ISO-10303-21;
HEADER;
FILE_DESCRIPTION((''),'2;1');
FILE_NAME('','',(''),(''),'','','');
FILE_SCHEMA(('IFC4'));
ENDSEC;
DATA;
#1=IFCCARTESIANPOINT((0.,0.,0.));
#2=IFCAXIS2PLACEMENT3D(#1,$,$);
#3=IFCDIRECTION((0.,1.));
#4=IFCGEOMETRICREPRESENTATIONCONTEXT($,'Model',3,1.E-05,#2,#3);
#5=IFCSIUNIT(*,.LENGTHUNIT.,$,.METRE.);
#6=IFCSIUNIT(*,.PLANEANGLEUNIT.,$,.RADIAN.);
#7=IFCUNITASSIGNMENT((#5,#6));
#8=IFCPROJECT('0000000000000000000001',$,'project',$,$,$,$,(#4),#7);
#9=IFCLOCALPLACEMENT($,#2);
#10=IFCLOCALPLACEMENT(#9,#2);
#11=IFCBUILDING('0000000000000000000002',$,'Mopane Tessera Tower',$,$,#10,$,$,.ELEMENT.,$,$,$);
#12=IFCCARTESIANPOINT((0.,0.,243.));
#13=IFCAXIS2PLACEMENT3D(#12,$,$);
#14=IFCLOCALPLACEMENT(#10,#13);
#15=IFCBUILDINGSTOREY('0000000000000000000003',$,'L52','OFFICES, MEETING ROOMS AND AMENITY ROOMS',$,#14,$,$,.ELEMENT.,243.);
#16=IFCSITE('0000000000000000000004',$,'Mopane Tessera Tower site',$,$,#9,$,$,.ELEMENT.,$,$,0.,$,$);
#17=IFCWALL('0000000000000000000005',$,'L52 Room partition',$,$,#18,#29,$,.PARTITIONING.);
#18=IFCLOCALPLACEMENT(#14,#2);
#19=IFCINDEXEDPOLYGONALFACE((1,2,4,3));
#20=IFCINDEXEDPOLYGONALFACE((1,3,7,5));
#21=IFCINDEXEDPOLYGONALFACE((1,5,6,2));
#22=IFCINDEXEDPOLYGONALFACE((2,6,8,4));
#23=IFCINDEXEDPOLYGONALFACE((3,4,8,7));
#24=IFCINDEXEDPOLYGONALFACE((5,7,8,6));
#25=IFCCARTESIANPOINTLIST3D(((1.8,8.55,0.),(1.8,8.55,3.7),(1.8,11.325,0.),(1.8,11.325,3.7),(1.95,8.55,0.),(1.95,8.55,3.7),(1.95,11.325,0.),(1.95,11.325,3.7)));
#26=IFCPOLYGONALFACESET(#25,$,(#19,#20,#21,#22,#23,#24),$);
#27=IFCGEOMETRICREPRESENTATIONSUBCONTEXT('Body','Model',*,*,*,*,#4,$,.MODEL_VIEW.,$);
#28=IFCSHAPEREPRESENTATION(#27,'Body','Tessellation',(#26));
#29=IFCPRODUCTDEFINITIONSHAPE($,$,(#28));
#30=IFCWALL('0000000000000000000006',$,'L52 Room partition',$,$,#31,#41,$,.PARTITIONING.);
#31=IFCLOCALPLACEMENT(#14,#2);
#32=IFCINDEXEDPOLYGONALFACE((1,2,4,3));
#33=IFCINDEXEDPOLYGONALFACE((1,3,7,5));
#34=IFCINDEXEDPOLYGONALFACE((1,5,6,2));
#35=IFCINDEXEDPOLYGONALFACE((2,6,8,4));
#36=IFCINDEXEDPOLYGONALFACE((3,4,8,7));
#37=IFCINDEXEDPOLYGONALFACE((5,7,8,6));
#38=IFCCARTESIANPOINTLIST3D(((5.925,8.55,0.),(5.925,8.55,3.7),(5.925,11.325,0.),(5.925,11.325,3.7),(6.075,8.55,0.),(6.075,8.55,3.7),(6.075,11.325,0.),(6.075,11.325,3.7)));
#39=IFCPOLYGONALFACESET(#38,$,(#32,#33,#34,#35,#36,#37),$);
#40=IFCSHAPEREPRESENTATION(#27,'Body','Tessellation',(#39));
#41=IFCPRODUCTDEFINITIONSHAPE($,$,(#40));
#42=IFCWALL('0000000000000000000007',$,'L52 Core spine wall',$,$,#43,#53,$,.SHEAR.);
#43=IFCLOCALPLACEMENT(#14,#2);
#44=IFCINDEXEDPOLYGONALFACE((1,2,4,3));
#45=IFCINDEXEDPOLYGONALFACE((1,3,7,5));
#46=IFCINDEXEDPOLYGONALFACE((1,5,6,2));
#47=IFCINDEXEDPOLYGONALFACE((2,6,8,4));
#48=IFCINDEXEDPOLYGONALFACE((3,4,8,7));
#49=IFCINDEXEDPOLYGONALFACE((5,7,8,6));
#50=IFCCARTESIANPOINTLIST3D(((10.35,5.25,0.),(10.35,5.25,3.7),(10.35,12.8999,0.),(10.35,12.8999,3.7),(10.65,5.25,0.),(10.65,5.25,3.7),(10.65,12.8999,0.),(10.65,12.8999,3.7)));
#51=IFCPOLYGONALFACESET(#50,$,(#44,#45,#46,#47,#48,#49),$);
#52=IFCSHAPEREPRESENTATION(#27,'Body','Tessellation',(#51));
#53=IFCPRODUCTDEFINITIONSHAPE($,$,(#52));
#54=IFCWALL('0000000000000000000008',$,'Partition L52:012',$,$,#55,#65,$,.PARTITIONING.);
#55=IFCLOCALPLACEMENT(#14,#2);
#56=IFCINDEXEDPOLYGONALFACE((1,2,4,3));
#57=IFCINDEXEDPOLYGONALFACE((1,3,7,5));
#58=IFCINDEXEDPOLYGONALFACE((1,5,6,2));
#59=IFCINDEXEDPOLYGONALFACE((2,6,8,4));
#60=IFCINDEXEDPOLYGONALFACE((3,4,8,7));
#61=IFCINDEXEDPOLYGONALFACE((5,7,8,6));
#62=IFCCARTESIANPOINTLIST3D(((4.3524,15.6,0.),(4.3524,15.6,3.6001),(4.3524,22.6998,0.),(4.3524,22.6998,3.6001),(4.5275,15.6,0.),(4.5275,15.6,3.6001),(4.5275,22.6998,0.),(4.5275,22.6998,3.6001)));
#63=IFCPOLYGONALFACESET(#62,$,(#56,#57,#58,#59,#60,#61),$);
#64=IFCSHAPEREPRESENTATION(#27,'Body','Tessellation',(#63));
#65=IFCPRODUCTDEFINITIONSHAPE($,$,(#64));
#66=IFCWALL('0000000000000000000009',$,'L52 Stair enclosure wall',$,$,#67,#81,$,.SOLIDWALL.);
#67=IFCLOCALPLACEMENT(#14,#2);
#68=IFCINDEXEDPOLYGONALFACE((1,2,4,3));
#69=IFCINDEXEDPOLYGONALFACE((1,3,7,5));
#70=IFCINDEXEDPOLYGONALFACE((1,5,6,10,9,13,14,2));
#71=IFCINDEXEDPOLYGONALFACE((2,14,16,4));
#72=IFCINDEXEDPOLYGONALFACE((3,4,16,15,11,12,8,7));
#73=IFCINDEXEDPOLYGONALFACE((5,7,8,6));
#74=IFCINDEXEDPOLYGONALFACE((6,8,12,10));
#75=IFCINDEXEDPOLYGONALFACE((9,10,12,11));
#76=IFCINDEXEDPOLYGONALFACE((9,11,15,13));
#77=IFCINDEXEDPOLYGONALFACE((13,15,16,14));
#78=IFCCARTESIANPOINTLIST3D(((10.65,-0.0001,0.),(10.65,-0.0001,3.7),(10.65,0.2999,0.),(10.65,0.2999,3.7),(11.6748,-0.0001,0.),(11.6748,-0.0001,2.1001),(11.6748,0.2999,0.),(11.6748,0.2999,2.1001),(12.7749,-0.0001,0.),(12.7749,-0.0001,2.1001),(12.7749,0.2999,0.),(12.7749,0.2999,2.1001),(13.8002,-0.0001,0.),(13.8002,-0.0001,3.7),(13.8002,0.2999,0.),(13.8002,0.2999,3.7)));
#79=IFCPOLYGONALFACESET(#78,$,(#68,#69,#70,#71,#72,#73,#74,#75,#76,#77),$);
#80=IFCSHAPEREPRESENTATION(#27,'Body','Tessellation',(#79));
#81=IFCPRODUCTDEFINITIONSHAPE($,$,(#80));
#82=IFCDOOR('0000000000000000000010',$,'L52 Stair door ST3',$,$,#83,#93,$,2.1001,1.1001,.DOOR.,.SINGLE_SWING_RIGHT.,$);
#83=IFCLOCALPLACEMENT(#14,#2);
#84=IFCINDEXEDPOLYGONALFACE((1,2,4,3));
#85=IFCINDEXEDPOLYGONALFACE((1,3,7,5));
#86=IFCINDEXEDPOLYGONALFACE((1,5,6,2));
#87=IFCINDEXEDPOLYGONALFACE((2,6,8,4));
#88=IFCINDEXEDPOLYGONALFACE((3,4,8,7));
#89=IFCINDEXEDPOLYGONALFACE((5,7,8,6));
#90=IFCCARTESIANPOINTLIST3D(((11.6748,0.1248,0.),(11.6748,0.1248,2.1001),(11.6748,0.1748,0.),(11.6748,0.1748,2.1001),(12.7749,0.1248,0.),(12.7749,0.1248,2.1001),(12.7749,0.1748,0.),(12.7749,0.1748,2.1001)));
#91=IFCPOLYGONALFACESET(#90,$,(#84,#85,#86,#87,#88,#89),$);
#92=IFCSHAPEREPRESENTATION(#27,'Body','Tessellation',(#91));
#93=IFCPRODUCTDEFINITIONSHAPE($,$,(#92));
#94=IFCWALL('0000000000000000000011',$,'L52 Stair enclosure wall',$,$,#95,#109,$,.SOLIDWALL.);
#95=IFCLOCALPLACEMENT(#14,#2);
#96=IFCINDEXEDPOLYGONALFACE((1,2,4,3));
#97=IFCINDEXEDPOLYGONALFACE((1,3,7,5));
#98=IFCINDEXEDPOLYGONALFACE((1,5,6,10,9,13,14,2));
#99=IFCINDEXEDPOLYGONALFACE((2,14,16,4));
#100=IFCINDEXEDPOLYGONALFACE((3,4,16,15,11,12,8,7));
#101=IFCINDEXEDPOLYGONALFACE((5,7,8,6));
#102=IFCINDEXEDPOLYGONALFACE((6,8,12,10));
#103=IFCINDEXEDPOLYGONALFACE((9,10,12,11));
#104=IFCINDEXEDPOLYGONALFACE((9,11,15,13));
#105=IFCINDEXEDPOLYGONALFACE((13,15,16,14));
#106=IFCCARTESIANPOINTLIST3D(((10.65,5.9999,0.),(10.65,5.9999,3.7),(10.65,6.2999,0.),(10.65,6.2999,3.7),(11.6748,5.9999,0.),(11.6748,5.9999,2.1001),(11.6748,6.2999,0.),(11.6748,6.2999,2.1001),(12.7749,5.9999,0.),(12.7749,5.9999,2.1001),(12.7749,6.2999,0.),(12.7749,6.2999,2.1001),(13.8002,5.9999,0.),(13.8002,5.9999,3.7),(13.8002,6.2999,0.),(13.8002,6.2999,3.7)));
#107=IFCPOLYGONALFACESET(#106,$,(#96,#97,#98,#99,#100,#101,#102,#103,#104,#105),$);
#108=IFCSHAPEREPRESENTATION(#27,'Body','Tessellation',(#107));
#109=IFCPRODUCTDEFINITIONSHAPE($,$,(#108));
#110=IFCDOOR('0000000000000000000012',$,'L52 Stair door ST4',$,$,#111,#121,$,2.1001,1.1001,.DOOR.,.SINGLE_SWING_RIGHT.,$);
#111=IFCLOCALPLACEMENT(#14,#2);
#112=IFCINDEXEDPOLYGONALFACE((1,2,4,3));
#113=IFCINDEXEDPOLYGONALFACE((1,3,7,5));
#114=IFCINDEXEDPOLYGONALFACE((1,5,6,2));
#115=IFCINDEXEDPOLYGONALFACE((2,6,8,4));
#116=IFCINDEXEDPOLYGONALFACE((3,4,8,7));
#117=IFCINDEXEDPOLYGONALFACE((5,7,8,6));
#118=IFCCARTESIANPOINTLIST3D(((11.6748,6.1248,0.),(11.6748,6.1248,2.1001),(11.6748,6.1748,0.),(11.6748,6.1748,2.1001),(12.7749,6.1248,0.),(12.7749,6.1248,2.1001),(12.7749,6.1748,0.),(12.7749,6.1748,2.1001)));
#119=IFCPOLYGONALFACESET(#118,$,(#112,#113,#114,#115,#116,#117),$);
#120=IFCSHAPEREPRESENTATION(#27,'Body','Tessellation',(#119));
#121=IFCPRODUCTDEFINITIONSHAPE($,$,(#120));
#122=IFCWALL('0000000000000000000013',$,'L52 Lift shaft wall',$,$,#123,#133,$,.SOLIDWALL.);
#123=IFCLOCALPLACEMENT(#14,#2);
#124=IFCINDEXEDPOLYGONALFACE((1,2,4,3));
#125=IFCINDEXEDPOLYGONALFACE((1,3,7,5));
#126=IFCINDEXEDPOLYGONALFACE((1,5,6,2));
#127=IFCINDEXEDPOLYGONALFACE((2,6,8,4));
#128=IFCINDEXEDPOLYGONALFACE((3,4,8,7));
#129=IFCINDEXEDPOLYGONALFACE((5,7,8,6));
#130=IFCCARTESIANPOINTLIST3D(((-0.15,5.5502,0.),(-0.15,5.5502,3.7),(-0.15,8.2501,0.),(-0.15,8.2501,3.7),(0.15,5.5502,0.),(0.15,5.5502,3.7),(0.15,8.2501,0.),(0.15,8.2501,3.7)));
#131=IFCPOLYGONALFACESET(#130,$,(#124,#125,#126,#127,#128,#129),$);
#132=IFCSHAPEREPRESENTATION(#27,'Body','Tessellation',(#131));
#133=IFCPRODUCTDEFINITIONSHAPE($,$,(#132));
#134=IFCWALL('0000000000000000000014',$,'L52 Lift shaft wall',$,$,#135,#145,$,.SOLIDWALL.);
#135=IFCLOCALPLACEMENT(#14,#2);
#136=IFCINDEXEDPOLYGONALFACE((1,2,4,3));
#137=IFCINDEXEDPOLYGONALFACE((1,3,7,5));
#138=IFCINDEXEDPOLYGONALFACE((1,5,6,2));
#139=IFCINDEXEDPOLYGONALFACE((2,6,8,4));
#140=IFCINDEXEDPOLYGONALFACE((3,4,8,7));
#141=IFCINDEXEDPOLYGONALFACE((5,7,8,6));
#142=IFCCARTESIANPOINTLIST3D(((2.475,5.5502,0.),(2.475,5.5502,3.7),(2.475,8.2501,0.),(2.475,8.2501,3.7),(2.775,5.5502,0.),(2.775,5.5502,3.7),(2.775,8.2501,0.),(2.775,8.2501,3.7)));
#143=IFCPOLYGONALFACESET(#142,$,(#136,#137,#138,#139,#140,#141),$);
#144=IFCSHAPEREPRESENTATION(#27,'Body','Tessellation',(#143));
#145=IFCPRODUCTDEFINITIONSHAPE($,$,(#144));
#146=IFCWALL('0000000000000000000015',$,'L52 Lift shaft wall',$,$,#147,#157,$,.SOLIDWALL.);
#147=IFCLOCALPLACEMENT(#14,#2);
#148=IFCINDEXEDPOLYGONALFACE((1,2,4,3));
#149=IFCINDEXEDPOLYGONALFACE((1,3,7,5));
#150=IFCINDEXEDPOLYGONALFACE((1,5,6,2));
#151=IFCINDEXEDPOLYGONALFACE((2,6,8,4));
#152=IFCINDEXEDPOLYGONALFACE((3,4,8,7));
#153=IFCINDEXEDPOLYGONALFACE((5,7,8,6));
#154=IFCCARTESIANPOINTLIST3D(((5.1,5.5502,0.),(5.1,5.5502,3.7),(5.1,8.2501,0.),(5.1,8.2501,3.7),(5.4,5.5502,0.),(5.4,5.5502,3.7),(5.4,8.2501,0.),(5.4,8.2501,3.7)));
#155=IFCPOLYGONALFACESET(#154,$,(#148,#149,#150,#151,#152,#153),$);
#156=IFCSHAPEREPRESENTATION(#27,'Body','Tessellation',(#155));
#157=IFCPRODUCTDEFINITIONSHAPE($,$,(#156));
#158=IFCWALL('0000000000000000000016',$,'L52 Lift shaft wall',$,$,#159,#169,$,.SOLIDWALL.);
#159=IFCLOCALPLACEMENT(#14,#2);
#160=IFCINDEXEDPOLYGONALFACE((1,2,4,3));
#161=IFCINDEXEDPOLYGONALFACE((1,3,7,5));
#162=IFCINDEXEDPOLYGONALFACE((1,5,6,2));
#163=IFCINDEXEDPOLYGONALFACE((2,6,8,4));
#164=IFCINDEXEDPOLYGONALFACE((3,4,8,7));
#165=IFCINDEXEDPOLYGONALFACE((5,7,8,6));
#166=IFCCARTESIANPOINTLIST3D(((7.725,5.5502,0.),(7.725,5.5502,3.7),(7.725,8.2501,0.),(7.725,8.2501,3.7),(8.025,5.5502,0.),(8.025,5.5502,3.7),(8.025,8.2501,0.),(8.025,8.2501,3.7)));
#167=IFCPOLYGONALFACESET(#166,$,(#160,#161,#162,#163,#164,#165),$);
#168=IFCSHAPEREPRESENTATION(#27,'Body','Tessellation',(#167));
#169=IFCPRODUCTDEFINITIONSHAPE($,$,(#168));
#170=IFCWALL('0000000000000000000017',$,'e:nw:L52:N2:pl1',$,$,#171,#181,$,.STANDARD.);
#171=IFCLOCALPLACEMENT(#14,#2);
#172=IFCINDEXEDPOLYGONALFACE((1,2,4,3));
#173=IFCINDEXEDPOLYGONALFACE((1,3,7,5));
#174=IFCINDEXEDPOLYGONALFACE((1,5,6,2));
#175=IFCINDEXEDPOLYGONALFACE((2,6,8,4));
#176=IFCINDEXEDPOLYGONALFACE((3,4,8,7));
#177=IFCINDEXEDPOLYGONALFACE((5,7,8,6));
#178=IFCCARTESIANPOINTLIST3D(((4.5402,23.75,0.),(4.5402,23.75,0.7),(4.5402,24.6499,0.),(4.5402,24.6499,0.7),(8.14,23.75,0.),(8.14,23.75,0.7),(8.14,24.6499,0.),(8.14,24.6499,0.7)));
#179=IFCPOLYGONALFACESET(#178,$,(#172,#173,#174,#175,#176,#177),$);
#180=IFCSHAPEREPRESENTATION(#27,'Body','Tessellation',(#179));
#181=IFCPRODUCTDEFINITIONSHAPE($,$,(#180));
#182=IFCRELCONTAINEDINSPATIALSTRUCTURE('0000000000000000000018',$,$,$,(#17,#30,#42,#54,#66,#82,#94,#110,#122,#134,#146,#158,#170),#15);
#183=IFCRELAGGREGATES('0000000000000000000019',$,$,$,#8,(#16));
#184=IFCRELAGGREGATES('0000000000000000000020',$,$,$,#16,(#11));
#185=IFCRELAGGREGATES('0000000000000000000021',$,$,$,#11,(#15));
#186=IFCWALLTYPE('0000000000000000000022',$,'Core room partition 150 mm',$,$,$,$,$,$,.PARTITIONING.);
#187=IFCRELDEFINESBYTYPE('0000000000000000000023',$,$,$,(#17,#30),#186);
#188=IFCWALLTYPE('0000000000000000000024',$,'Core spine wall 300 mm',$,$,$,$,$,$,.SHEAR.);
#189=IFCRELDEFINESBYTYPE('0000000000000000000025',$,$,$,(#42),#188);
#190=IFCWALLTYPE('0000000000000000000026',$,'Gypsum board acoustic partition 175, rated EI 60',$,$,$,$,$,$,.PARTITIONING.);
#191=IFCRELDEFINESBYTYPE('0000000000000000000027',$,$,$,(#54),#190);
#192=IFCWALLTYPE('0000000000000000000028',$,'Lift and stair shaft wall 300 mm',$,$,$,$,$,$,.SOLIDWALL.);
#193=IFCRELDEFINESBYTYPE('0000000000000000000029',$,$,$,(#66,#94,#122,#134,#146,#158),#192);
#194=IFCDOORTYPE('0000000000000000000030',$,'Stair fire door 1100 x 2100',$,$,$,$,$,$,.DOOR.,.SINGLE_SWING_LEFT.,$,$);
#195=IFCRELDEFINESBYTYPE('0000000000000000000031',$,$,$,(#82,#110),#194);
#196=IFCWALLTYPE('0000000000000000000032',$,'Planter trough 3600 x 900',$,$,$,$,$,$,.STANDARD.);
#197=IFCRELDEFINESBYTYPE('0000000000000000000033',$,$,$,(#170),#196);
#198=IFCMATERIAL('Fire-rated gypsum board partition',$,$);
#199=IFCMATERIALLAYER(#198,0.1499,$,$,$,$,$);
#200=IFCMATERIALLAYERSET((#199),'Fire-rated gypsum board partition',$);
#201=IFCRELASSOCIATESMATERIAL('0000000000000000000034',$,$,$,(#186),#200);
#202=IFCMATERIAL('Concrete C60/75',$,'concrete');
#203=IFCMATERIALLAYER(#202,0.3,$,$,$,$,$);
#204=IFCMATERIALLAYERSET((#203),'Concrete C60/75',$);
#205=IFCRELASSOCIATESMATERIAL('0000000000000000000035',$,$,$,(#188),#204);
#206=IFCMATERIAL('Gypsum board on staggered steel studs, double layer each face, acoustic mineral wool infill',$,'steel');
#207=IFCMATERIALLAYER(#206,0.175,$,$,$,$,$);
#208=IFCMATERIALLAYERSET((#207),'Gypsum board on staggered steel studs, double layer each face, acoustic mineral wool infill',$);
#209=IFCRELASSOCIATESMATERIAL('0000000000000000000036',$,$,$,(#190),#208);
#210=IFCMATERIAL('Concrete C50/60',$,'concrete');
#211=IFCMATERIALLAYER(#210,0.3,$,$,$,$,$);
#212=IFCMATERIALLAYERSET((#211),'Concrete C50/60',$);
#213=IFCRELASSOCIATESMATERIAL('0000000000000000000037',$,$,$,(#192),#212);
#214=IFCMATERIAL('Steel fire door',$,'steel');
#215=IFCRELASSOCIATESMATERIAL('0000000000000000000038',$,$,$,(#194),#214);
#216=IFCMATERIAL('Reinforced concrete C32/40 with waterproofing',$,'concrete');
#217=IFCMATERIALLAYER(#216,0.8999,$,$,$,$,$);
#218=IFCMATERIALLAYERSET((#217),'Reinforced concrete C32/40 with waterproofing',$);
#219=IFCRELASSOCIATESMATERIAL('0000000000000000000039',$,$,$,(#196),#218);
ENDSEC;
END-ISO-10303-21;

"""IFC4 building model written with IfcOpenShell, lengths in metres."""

from ifc_helpers import new_model, si_unit, direction, frame, frame_2d, origin, place, context, subcontext, project, spatial, rectangle, extrude, material, layer, layer_set, type_object, element, fill, save


model = new_model("IFC4")

# Units and contexts
model_context = context("Model", 3, precision=1e-05, world=origin(), true_north=direction((0.0, 1.0)))
body_context = subcontext(model_context, "Body", "Model", "MODEL_VIEW")
ifc_project = project(units=[si_unit("LENGTHUNIT", "METRE"), si_unit("PLANEANGLEUNIT", "RADIAN")], contexts=[model_context])

# Site, building, storey
site_placement = place(None, origin())
site = spatial("IfcSite", under=ifc_project, at=site_placement, Name="Mopane Tessera Tower site", CompositionType="ELEMENT", RefElevation=0.0)
building_placement = place(site_placement, origin())
building = spatial("IfcBuilding", under=site, at=building_placement, Name="Mopane Tessera Tower", CompositionType="ELEMENT")
storey_placement = place(building_placement, frame((0.0, 0.0, 243.0)))
storey = spatial("IfcBuildingStorey", under=building, at=storey_placement, Name="L52", Description="OFFICES, MEETING ROOMS AND AMENITY ROOMS", CompositionType="ELEMENT", Elevation=243.0)

# Walls
ifc_material_1 = material(Name="Fire-rated gypsum board partition")
ifc_layer_1 = layer(ifc_material_1, 0.1499)
ifc_layer_set_1 = layer_set([ifc_layer_1], Name="Fire-rated gypsum board partition")
wall_type_1 = type_object("IfcWallType", Name="Core room partition 150 mm", PredefinedType="PARTITIONING", material=ifc_layer_set_1)
for number, where, z_axis, x_axis, name in (
    (1, (1.875, 8.55, 0.0), (0.0, 0.0, 1.0), (0.0, 1.0, 0.0), "L52 Room partition"),
    (2, (6.0, 8.55, 0.0), (0.0, 0.0, 1.0), (0.0, 1.0, 0.0), "L52 Room partition"),
):
    element("IfcWall", number, at=place(storey_placement, frame(where, z_axis=z_axis, x_axis=x_axis)), inside=storey, type_object=wall_type_1, Name=name, PredefinedType="PARTITIONING", context=body_context, shape_type="SweptSolid", body=[
        extrude(rectangle(XDim=2.7749, YDim=0.1499, at=frame_2d((1.3875, 0.0))), origin(), (0.0, 0.0, 1.0), 3.7),
    ])
ifc_material_2 = material(Name="Concrete C60/75", Category="concrete")
ifc_layer_2 = layer(ifc_material_2, 0.3)
ifc_layer_set_2 = layer_set([ifc_layer_2], Name="Concrete C60/75")
wall_type_2 = type_object("IfcWallType", Name="Core spine wall 300 mm", PredefinedType="SHEAR", material=ifc_layer_set_2)
wall_1_placement = place(storey_placement, frame((10.5, 5.25, 0.0), z_axis=(0.0, 0.0, 1.0), x_axis=(0.0, 1.0, 0.0)))
element("IfcWall", 3, at=wall_1_placement, inside=storey, type_object=wall_type_2, Name="L52 Core spine wall", PredefinedType="SHEAR", context=body_context, shape_type="SweptSolid", body=[
    extrude(rectangle(XDim=7.6499, YDim=0.3, at=frame_2d((3.825, 0.0))), origin(), (0.0, 0.0, 1.0), 3.7),
])
ifc_material_3 = material(Name="Gypsum board on staggered steel studs, double layer each face, acoustic mineral wool infill", Category="steel")
ifc_layer_3 = layer(ifc_material_3, 0.175)
ifc_layer_set_3 = layer_set([ifc_layer_3], Name="Gypsum board on staggered steel studs, double layer each face, acoustic mineral wool infill")
wall_type_3 = type_object("IfcWallType", Name="Gypsum board acoustic partition 175, rated EI 60", PredefinedType="PARTITIONING", material=ifc_layer_set_3)
wall_2_placement = place(storey_placement, frame((4.4399, 15.6001, 0.0), z_axis=(0.0, 0.0, 1.0), x_axis=(0.0, 1.0, 0.0)))
element("IfcWall", 4, at=wall_2_placement, inside=storey, type_object=wall_type_3, Name="Partition L52:012", PredefinedType="PARTITIONING", context=body_context, shape_type="SweptSolid", body=[
    extrude(rectangle(XDim=7.0999, YDim=0.175, at=frame_2d((3.5498, 0.0))), origin(), (0.0, 0.0, 1.0), 3.6001),
])

# Walls, openings, doors
ifc_material_4 = material(Name="Concrete C50/60", Category="concrete")
ifc_layer_4 = layer(ifc_material_4, 0.3)
ifc_layer_set_4 = layer_set([ifc_layer_4], Name="Concrete C50/60")
wall_type_4 = type_object("IfcWallType", Name="Lift and stair shaft wall 300 mm", PredefinedType="SOLIDWALL", material=ifc_layer_set_4)
wall_3_placement = place(storey_placement, frame((10.6499, 0.1499, 0.0), z_axis=(0.0, 0.0, 1.0), x_axis=(1.0, 0.0, 0.0)))
wall_3 = element("IfcWall", 5, at=wall_3_placement, inside=storey, type_object=wall_type_4, Name="L52 Stair enclosure wall", PredefinedType="SOLIDWALL", context=body_context, shape_type="SweptSolid", body=[
    extrude(rectangle(XDim=3.1501, YDim=0.3, at=frame_2d((1.5752, 0.0))), origin(), (0.0, 0.0, 1.0), 3.7),
])
opening_1_placement = place(wall_3_placement, frame((1.0249, 0.0, 0.0)))
opening_1 = element("IfcOpeningElement", 6, at=opening_1_placement, cuts=wall_3, PredefinedType="OPENING", context=body_context, shape_type="SweptSolid", body=[
    extrude(rectangle(XDim=1.1001, YDim=2.1001, at=frame_2d((0.55, 1.05))), frame((0.0, 0.1621, 0.0), z_axis=(0.0, -1.0, 0.0), x_axis=(1.0, 0.0, 0.0)), (0.0, 0.0, 1.0), 0.324),
])
ifc_material_5 = material(Name="Steel fire door", Category="steel")
door_type = type_object("IfcDoorType", Name="Stair fire door 1100 x 2100", OperationType="SINGLE_SWING_LEFT", PredefinedType="DOOR", material=ifc_material_5)
door_1_placement = place(opening_1_placement, origin())
door_1 = element("IfcDoor", 7, at=door_1_placement, inside=storey, type_object=door_type, Name="L52 Stair door ST3", OperationType="SINGLE_SWING_RIGHT", OverallHeight=2.1001, OverallWidth=1.1001, PredefinedType="DOOR", context=body_context, shape_type="SweptSolid", body=[
    extrude(rectangle(XDim=1.1001, YDim=2.1001, at=frame_2d((0.55, 1.05))), frame((0.0, 0.0249, 0.0), z_axis=(0.0, -1.0, 0.0), x_axis=(1.0, 0.0, 0.0)), (0.0, 0.0, 1.0), 0.05),
])
fill(opening_1, door_1)
wall_4_placement = place(storey_placement, frame((10.6499, 6.1499, 0.0), z_axis=(0.0, 0.0, 1.0), x_axis=(1.0, 0.0, 0.0)))
wall_4 = element("IfcWall", 8, at=wall_4_placement, inside=storey, type_object=wall_type_4, Name="L52 Stair enclosure wall", PredefinedType="SOLIDWALL", context=body_context, shape_type="SweptSolid", body=[
    extrude(rectangle(XDim=3.1501, YDim=0.3, at=frame_2d((1.5752, 0.0))), origin(), (0.0, 0.0, 1.0), 3.7),
])
opening_2_placement = place(wall_4_placement, frame((1.0249, 0.0, 0.0)))
opening_2 = element("IfcOpeningElement", 9, at=opening_2_placement, cuts=wall_4, PredefinedType="OPENING", context=body_context, shape_type="SweptSolid", body=[
    extrude(rectangle(XDim=1.1001, YDim=2.1001, at=frame_2d((0.55, 1.05))), frame((0.0, 0.1621, 0.0), z_axis=(0.0, -1.0, 0.0), x_axis=(1.0, 0.0, 0.0)), (0.0, 0.0, 1.0), 0.324),
])
door_2_placement = place(opening_2_placement, origin())
door_2 = element("IfcDoor", 10, at=door_2_placement, inside=storey, type_object=door_type, Name="L52 Stair door ST4", OperationType="SINGLE_SWING_RIGHT", OverallHeight=2.1001, OverallWidth=1.1001, PredefinedType="DOOR", context=body_context, shape_type="SweptSolid", body=[
    extrude(rectangle(XDim=1.1001, YDim=2.1001, at=frame_2d((0.55, 1.05))), frame((0.0, 0.0249, 0.0), z_axis=(0.0, -1.0, 0.0), x_axis=(1.0, 0.0, 0.0)), (0.0, 0.0, 1.0), 0.05),
])
fill(opening_2, door_2)

# Walls
for number, where, z_axis, x_axis, name in (
    (11, (0.0, 5.55, 0.0), (0.0, 0.0, 1.0), (0.0, 1.0, 0.0), "L52 Lift shaft wall"),
    (12, (2.625, 5.55, 0.0), (0.0, 0.0, 1.0), (0.0, 1.0, 0.0), "L52 Lift shaft wall"),
    (13, (5.25, 5.55, 0.0), (0.0, 0.0, 1.0), (0.0, 1.0, 0.0), "L52 Lift shaft wall"),
    (14, (7.875, 5.55, 0.0), (0.0, 0.0, 1.0), (0.0, 1.0, 0.0), "L52 Lift shaft wall"),
):
    element("IfcWall", number, at=place(storey_placement, frame(where, z_axis=z_axis, x_axis=x_axis)), inside=storey, type_object=wall_type_4, Name=name, PredefinedType="SOLIDWALL", context=body_context, shape_type="SweptSolid", body=[
        extrude(rectangle(XDim=2.7, YDim=0.3, at=frame_2d((1.3501, 0.0))), origin(), (0.0, 0.0, 1.0), 3.7),
    ])
ifc_material_6 = material(Name="Reinforced concrete C32/40 with waterproofing", Category="concrete")
ifc_layer_5 = layer(ifc_material_6, 0.8999)
ifc_layer_set_5 = layer_set([ifc_layer_5], Name="Reinforced concrete C32/40 with waterproofing")
wall_type_5 = type_object("IfcWallType", Name="Planter trough 3600 x 900", PredefinedType="STANDARD", material=ifc_layer_set_5)
wall_5_placement = place(storey_placement, frame((8.1399, 24.2, 0.0), z_axis=(0.0, 0.0, 1.0), x_axis=(-1.0, 0.0, 0.0)))
element("IfcWall", 15, at=wall_5_placement, inside=storey, type_object=wall_type_5, Name="e:nw:L52:N2:pl1", PredefinedType="STANDARD", context=body_context, shape_type="SweptSolid", body=[
    extrude(rectangle(XDim=3.5999, YDim=0.8999, at=frame_2d((1.7998, 0.0))), origin(), (0.0, 0.0, 1.0), 0.7),
])

save(model, "model.ifc")
